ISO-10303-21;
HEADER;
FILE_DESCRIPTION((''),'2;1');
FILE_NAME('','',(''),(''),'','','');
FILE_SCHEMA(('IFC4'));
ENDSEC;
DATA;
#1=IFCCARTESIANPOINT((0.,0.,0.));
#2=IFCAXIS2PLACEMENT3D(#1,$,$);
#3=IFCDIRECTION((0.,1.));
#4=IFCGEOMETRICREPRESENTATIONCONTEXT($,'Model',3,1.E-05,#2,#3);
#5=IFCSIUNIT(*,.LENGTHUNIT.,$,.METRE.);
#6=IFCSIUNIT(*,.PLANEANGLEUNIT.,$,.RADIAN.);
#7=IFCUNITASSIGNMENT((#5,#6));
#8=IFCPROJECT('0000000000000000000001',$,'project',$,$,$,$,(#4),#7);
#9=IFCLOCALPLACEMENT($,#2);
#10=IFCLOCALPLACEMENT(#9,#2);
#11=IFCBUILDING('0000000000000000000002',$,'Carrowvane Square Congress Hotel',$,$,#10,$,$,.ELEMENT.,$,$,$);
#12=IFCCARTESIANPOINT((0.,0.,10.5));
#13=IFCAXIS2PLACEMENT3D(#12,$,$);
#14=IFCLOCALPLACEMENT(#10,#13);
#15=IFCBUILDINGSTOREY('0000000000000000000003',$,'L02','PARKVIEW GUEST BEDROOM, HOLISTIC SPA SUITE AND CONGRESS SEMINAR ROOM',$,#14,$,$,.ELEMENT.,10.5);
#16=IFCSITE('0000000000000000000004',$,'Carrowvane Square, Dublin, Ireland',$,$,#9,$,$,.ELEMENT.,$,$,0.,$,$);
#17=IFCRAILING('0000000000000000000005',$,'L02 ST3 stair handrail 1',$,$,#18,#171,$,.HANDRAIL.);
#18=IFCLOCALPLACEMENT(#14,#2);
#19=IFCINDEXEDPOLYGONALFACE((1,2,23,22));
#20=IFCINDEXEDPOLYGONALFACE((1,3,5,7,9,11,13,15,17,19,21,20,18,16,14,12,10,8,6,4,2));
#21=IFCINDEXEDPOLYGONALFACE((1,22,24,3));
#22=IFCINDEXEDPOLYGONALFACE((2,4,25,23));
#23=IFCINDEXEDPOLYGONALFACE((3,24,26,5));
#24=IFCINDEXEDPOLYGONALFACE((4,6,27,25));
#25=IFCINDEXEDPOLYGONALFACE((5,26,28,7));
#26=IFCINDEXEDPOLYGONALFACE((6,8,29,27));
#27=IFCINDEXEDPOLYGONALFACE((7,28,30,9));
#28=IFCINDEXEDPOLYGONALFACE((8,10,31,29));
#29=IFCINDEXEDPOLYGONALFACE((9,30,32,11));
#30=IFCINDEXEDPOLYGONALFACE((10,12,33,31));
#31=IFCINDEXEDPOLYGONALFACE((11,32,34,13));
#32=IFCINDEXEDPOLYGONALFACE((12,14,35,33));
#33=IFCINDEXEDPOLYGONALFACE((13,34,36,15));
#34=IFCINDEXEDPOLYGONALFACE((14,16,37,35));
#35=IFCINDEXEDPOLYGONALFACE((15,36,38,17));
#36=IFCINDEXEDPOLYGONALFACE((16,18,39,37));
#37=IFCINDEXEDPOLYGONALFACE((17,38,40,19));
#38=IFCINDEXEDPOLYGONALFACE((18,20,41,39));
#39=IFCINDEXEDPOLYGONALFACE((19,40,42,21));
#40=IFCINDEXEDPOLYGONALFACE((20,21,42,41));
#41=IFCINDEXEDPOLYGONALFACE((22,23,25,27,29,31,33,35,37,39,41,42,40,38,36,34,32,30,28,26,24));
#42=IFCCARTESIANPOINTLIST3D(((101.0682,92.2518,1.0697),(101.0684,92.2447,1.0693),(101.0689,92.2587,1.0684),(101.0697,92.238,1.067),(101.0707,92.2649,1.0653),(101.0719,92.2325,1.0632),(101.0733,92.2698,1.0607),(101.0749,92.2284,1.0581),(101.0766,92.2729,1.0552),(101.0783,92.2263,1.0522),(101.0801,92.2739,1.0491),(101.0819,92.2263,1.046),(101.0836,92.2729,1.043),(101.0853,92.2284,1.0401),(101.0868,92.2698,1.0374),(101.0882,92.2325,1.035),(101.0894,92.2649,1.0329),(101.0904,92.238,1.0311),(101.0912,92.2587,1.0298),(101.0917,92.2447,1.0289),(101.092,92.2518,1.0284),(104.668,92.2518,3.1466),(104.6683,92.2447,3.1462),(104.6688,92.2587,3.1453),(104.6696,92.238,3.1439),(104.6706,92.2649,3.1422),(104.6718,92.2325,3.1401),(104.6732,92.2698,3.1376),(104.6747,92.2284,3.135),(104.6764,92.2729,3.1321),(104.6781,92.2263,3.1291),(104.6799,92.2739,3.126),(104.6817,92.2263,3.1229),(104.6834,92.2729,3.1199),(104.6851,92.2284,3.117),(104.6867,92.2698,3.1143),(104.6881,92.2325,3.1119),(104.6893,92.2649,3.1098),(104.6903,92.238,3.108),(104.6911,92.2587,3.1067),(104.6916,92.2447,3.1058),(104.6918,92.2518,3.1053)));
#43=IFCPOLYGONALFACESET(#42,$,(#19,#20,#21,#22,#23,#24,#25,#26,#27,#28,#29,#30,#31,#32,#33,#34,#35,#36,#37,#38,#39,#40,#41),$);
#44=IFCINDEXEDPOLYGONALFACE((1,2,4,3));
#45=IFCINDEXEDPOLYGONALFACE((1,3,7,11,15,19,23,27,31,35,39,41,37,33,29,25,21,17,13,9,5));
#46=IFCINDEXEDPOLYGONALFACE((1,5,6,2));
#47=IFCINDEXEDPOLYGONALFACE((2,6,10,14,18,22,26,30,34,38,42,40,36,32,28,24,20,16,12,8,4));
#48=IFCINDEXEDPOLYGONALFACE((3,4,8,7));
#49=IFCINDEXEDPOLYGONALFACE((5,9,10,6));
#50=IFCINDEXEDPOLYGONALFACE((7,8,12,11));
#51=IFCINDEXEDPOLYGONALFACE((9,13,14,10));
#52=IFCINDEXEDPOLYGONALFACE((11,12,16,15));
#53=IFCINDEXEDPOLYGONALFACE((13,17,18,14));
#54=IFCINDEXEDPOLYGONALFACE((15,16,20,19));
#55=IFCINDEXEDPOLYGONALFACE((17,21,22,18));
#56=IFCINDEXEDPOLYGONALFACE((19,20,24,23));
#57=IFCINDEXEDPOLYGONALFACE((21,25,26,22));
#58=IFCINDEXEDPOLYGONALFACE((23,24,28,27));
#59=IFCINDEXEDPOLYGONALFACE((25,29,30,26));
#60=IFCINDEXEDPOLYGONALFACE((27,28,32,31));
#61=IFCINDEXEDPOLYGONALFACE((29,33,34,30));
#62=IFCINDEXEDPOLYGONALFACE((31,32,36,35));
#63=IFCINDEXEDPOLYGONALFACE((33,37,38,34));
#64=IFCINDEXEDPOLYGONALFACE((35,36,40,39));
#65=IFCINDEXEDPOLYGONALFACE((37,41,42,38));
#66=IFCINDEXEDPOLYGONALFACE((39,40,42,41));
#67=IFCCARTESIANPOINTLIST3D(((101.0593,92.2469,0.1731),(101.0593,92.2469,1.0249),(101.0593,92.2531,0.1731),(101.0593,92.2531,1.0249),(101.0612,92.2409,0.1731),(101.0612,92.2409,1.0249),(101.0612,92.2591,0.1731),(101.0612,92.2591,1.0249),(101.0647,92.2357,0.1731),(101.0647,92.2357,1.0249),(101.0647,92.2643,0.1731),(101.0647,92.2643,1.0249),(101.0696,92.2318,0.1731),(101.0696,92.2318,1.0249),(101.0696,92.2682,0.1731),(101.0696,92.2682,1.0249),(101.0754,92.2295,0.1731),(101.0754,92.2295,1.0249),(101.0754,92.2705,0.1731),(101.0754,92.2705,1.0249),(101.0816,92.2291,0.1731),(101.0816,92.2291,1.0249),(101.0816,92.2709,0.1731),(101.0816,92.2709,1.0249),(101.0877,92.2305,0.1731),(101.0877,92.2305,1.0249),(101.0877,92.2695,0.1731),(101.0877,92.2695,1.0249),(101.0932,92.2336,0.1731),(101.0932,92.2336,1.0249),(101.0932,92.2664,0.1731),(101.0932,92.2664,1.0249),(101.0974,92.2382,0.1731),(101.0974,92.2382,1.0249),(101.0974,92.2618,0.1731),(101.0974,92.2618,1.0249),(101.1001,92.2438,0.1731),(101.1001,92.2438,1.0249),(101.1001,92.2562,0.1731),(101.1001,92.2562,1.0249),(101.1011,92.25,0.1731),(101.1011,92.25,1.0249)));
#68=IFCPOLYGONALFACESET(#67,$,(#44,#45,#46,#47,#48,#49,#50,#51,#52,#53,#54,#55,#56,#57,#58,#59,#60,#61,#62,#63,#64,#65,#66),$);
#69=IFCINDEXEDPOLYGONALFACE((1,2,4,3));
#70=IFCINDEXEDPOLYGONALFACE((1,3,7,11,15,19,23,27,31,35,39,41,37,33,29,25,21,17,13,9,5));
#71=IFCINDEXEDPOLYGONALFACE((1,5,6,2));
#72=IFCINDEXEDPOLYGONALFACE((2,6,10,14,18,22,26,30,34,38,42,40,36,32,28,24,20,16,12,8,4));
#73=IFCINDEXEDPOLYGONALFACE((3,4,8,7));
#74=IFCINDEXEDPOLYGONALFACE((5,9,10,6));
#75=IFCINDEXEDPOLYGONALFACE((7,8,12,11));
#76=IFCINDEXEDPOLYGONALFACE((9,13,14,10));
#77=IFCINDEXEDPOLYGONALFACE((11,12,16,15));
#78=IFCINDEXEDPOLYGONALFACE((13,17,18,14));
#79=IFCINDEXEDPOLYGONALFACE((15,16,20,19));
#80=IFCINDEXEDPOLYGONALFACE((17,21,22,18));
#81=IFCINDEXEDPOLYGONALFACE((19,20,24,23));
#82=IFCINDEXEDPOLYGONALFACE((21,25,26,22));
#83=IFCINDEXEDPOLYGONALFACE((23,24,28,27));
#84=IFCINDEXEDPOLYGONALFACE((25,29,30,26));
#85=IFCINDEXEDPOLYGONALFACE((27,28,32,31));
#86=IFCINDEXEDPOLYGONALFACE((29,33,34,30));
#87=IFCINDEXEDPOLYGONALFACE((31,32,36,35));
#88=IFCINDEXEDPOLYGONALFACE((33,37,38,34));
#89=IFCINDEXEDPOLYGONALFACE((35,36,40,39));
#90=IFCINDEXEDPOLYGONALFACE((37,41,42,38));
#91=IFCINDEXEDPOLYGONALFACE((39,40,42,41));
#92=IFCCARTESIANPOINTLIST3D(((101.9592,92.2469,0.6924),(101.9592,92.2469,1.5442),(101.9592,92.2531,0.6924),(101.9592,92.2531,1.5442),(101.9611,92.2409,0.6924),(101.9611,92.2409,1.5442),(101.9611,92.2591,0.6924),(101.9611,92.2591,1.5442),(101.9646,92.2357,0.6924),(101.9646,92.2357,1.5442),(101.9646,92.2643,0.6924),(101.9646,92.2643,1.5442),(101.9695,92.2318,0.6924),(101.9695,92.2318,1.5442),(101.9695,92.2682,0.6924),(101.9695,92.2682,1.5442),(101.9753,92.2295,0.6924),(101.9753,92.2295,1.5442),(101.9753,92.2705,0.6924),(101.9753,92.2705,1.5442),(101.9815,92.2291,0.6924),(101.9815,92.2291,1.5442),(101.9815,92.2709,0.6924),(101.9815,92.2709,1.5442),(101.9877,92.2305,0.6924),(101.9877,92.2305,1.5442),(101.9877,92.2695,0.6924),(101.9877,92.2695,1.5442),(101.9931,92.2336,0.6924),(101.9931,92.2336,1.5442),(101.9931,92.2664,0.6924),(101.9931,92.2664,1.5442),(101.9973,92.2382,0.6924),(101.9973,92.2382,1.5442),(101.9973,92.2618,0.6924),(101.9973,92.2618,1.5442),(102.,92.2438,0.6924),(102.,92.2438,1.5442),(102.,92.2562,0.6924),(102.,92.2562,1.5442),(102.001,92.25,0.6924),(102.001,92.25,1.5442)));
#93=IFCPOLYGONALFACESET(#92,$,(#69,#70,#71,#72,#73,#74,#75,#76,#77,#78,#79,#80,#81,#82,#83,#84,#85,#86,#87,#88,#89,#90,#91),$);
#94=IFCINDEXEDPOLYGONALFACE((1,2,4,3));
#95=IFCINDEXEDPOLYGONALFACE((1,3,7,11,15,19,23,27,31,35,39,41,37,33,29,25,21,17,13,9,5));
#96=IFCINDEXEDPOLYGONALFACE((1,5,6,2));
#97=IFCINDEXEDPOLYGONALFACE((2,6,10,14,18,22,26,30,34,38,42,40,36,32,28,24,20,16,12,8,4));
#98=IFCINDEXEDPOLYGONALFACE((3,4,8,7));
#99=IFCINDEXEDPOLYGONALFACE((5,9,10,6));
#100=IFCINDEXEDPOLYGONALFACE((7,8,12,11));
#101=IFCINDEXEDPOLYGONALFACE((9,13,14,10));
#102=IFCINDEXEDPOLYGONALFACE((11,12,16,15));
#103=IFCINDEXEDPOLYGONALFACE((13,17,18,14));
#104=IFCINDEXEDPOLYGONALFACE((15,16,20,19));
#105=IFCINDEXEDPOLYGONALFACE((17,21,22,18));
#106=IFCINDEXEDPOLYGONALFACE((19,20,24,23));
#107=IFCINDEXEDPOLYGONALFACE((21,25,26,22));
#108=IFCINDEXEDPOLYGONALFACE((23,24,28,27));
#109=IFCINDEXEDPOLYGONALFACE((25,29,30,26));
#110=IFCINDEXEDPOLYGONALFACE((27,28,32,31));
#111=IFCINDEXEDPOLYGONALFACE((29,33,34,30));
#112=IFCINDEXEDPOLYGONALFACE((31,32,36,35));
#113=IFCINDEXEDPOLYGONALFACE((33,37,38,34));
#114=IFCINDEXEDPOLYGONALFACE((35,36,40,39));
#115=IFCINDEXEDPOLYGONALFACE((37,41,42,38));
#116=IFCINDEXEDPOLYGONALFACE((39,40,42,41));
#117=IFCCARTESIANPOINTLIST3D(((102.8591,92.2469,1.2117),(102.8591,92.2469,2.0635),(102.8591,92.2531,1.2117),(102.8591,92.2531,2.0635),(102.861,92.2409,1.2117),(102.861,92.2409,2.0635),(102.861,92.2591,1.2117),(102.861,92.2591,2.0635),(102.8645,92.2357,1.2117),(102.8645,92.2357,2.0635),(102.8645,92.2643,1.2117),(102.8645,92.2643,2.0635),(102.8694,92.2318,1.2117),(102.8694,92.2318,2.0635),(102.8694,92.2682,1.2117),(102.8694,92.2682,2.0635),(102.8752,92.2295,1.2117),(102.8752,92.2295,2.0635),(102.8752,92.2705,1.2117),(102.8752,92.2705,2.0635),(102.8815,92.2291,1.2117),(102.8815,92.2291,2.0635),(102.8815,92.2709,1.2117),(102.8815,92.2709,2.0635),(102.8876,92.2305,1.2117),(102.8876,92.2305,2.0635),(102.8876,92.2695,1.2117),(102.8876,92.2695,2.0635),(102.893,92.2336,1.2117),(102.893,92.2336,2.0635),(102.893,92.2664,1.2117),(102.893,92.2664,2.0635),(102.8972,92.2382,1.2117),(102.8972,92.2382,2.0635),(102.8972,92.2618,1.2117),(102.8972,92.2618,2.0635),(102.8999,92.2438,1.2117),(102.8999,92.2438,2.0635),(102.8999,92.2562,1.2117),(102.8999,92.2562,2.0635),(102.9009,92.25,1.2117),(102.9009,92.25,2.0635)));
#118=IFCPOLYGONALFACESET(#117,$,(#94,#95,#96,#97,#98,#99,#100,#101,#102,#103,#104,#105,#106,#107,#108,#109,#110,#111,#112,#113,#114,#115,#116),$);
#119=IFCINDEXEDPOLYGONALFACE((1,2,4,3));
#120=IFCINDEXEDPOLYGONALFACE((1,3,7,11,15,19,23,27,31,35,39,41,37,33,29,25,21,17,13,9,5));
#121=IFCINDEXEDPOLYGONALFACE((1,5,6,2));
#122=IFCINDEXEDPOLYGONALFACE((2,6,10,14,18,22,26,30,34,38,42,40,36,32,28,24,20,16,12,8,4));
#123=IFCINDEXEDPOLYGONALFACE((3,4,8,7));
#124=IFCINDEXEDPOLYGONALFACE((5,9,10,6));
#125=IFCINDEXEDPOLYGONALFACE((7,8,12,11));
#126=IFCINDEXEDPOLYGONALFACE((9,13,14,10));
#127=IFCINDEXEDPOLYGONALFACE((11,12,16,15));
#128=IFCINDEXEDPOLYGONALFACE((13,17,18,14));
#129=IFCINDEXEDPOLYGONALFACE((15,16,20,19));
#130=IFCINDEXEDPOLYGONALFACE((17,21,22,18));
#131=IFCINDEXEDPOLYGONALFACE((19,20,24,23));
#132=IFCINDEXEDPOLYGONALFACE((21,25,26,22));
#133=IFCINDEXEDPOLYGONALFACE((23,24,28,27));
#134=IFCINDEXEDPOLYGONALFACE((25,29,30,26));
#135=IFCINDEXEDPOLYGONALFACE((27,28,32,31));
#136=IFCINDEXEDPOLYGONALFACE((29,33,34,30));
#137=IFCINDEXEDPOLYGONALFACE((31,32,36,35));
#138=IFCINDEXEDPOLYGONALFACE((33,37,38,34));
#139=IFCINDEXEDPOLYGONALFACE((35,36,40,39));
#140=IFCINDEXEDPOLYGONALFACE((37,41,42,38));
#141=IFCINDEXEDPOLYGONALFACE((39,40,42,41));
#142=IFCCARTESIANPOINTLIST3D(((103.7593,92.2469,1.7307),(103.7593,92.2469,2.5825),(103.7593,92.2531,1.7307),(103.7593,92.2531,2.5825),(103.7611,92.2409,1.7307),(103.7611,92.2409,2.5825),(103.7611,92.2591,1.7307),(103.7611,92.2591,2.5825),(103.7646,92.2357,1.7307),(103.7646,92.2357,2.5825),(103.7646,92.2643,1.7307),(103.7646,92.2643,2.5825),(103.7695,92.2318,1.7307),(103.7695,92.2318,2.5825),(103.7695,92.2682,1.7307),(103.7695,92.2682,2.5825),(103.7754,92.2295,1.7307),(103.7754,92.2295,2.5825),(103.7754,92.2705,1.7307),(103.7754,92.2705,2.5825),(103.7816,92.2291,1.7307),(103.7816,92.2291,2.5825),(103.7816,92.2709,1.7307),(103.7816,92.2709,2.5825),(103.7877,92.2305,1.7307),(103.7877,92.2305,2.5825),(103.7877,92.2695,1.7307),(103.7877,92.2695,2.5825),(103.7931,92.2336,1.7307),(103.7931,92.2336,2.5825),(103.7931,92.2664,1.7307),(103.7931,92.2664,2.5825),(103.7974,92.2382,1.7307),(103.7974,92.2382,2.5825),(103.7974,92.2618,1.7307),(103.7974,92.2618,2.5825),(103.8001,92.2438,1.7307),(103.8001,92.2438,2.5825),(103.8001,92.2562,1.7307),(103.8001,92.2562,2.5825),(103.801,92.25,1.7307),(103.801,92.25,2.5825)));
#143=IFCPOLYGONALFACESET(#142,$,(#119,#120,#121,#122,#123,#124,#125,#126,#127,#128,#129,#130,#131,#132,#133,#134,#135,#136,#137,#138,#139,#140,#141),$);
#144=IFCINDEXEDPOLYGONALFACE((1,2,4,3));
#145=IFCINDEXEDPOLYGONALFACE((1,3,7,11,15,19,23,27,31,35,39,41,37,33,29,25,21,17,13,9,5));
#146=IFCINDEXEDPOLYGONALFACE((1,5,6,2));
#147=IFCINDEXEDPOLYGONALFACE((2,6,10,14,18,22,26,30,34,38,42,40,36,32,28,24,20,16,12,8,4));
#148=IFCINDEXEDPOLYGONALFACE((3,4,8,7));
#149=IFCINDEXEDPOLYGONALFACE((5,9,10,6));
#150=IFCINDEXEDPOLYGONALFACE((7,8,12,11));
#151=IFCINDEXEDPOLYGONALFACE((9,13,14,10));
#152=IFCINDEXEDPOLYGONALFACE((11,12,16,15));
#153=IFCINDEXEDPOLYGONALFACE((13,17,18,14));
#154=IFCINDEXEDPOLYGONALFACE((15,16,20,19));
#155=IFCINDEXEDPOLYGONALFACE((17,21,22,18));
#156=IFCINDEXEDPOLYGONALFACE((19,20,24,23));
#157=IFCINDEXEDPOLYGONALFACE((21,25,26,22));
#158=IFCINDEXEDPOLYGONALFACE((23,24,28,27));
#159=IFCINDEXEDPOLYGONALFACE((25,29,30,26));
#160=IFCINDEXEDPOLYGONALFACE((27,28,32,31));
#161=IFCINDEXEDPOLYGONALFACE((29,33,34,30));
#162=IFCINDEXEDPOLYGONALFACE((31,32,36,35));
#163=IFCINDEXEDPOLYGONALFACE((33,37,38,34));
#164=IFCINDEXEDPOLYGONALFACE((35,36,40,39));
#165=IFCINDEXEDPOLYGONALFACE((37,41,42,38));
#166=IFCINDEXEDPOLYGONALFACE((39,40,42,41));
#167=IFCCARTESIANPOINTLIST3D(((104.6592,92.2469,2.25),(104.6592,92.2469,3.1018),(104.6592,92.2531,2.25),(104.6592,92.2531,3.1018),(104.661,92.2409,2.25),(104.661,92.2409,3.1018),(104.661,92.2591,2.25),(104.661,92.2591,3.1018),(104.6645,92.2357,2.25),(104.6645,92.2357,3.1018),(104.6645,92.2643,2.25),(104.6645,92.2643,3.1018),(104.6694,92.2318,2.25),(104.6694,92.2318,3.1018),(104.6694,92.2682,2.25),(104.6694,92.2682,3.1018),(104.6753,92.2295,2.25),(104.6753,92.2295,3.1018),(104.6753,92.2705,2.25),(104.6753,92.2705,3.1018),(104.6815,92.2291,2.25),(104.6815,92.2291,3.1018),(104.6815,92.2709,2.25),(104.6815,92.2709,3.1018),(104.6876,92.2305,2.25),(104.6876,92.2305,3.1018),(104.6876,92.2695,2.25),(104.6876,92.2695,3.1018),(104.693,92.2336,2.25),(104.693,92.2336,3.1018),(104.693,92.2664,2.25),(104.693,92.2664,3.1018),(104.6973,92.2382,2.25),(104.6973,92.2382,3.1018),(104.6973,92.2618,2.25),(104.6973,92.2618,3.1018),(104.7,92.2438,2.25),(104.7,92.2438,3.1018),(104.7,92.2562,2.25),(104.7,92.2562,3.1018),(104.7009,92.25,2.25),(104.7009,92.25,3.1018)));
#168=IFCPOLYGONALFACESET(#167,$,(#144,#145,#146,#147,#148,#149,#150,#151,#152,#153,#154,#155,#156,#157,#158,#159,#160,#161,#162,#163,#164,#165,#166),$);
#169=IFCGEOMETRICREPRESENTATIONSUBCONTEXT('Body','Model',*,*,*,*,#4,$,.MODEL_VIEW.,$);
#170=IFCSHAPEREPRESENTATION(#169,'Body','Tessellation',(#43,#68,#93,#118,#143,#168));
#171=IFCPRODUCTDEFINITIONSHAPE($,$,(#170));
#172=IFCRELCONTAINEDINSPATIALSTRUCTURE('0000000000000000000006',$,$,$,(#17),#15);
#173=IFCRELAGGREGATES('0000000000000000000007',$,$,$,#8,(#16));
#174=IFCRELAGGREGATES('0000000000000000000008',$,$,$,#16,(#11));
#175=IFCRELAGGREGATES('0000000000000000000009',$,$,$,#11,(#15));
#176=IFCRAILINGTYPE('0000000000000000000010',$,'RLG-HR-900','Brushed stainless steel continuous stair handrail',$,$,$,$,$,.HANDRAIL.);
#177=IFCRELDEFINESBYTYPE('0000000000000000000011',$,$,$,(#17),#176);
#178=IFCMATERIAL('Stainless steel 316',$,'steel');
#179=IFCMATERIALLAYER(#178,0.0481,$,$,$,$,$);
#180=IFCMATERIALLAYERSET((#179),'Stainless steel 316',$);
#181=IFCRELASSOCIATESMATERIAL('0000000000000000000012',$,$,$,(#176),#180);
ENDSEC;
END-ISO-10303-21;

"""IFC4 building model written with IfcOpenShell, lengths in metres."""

from ifc_helpers import new_model, si_unit, direction, frame, origin, origin_2d, place, context, subcontext, project, spatial, circle, extrude, material, layer, layer_set, type_object, element, save


model = new_model("IFC4")

# Units and contexts
model_context = context("Model", 3, precision=1e-05, world=origin(), true_north=direction((0.0, 1.0)))
body_context = subcontext(model_context, "Body", "Model", "MODEL_VIEW")
ifc_project = project(units=[si_unit("LENGTHUNIT", "METRE"), si_unit("PLANEANGLEUNIT", "RADIAN")], contexts=[model_context])

# Site, building, storey
site_placement = place(None, origin())
site = spatial("IfcSite", under=ifc_project, at=site_placement, Name="Carrowvane Square, Dublin, Ireland", CompositionType="ELEMENT", RefElevation=0.0)
building_placement = place(site_placement, origin())
building = spatial("IfcBuilding", under=site, at=building_placement, Name="Carrowvane Square Congress Hotel", CompositionType="ELEMENT")
storey_placement = place(building_placement, frame((0.0, 0.0, 10.5)))
storey = spatial("IfcBuildingStorey", under=building, at=storey_placement, Name="L02", Description="PARKVIEW GUEST BEDROOM, HOLISTIC SPA SUITE AND CONGRESS SEMINAR ROOM", CompositionType="ELEMENT", Elevation=10.5)

# Railing
ifc_material_1 = material(Name="Stainless steel 316", Category="steel")
ifc_layer_1 = layer(ifc_material_1, 0.0481)
ifc_layer_set_1 = layer_set([ifc_layer_1], Name="Stainless steel 316")
railing_type_1 = type_object("IfcRailingType", Name="RLG-HR-900", Description="Brushed stainless steel continuous stair handrail", PredefinedType="HANDRAIL", material=ifc_layer_set_1)
railing_1_placement = place(storey_placement, frame((101.0801, 92.25, 0.1731)))
element("IfcRailing", 1, at=railing_1_placement, inside=storey, type_object=railing_type_1, Name="L02 ST3 stair handrail 1", PredefinedType="HANDRAIL", context=body_context, shape_type="SweptSolid", body=[
    extrude(circle(Radius=0.0239, at=origin_2d()), frame((0.0, 0.0, 0.876), z_axis=(0.866179, 0.0, 0.499734), x_axis=(0.0, 1.0, 0.0)), (0.0, 0.0, 1.0), 4.156),
    extrude(circle(Radius=0.021, at=origin_2d()), origin(), (0.0, 0.0, 1.0), 0.8518),
    extrude(circle(Radius=0.021, at=origin_2d()), frame((0.8999, 0.0, 0.5193)), (0.0, 0.0, 1.0), 0.8518),
    extrude(circle(Radius=0.021, at=origin_2d()), frame((1.7998, 0.0, 1.0386)), (0.0, 0.0, 1.0), 0.8518),
    extrude(circle(Radius=0.021, at=origin_2d()), frame((2.7, 0.0, 1.5576)), (0.0, 0.0, 1.0), 0.8518),
    extrude(circle(Radius=0.021, at=origin_2d()), frame((3.5999, 0.0, 2.0769)), (0.0, 0.0, 1.0), 0.8518),
])

save(model, "model.ifc")
